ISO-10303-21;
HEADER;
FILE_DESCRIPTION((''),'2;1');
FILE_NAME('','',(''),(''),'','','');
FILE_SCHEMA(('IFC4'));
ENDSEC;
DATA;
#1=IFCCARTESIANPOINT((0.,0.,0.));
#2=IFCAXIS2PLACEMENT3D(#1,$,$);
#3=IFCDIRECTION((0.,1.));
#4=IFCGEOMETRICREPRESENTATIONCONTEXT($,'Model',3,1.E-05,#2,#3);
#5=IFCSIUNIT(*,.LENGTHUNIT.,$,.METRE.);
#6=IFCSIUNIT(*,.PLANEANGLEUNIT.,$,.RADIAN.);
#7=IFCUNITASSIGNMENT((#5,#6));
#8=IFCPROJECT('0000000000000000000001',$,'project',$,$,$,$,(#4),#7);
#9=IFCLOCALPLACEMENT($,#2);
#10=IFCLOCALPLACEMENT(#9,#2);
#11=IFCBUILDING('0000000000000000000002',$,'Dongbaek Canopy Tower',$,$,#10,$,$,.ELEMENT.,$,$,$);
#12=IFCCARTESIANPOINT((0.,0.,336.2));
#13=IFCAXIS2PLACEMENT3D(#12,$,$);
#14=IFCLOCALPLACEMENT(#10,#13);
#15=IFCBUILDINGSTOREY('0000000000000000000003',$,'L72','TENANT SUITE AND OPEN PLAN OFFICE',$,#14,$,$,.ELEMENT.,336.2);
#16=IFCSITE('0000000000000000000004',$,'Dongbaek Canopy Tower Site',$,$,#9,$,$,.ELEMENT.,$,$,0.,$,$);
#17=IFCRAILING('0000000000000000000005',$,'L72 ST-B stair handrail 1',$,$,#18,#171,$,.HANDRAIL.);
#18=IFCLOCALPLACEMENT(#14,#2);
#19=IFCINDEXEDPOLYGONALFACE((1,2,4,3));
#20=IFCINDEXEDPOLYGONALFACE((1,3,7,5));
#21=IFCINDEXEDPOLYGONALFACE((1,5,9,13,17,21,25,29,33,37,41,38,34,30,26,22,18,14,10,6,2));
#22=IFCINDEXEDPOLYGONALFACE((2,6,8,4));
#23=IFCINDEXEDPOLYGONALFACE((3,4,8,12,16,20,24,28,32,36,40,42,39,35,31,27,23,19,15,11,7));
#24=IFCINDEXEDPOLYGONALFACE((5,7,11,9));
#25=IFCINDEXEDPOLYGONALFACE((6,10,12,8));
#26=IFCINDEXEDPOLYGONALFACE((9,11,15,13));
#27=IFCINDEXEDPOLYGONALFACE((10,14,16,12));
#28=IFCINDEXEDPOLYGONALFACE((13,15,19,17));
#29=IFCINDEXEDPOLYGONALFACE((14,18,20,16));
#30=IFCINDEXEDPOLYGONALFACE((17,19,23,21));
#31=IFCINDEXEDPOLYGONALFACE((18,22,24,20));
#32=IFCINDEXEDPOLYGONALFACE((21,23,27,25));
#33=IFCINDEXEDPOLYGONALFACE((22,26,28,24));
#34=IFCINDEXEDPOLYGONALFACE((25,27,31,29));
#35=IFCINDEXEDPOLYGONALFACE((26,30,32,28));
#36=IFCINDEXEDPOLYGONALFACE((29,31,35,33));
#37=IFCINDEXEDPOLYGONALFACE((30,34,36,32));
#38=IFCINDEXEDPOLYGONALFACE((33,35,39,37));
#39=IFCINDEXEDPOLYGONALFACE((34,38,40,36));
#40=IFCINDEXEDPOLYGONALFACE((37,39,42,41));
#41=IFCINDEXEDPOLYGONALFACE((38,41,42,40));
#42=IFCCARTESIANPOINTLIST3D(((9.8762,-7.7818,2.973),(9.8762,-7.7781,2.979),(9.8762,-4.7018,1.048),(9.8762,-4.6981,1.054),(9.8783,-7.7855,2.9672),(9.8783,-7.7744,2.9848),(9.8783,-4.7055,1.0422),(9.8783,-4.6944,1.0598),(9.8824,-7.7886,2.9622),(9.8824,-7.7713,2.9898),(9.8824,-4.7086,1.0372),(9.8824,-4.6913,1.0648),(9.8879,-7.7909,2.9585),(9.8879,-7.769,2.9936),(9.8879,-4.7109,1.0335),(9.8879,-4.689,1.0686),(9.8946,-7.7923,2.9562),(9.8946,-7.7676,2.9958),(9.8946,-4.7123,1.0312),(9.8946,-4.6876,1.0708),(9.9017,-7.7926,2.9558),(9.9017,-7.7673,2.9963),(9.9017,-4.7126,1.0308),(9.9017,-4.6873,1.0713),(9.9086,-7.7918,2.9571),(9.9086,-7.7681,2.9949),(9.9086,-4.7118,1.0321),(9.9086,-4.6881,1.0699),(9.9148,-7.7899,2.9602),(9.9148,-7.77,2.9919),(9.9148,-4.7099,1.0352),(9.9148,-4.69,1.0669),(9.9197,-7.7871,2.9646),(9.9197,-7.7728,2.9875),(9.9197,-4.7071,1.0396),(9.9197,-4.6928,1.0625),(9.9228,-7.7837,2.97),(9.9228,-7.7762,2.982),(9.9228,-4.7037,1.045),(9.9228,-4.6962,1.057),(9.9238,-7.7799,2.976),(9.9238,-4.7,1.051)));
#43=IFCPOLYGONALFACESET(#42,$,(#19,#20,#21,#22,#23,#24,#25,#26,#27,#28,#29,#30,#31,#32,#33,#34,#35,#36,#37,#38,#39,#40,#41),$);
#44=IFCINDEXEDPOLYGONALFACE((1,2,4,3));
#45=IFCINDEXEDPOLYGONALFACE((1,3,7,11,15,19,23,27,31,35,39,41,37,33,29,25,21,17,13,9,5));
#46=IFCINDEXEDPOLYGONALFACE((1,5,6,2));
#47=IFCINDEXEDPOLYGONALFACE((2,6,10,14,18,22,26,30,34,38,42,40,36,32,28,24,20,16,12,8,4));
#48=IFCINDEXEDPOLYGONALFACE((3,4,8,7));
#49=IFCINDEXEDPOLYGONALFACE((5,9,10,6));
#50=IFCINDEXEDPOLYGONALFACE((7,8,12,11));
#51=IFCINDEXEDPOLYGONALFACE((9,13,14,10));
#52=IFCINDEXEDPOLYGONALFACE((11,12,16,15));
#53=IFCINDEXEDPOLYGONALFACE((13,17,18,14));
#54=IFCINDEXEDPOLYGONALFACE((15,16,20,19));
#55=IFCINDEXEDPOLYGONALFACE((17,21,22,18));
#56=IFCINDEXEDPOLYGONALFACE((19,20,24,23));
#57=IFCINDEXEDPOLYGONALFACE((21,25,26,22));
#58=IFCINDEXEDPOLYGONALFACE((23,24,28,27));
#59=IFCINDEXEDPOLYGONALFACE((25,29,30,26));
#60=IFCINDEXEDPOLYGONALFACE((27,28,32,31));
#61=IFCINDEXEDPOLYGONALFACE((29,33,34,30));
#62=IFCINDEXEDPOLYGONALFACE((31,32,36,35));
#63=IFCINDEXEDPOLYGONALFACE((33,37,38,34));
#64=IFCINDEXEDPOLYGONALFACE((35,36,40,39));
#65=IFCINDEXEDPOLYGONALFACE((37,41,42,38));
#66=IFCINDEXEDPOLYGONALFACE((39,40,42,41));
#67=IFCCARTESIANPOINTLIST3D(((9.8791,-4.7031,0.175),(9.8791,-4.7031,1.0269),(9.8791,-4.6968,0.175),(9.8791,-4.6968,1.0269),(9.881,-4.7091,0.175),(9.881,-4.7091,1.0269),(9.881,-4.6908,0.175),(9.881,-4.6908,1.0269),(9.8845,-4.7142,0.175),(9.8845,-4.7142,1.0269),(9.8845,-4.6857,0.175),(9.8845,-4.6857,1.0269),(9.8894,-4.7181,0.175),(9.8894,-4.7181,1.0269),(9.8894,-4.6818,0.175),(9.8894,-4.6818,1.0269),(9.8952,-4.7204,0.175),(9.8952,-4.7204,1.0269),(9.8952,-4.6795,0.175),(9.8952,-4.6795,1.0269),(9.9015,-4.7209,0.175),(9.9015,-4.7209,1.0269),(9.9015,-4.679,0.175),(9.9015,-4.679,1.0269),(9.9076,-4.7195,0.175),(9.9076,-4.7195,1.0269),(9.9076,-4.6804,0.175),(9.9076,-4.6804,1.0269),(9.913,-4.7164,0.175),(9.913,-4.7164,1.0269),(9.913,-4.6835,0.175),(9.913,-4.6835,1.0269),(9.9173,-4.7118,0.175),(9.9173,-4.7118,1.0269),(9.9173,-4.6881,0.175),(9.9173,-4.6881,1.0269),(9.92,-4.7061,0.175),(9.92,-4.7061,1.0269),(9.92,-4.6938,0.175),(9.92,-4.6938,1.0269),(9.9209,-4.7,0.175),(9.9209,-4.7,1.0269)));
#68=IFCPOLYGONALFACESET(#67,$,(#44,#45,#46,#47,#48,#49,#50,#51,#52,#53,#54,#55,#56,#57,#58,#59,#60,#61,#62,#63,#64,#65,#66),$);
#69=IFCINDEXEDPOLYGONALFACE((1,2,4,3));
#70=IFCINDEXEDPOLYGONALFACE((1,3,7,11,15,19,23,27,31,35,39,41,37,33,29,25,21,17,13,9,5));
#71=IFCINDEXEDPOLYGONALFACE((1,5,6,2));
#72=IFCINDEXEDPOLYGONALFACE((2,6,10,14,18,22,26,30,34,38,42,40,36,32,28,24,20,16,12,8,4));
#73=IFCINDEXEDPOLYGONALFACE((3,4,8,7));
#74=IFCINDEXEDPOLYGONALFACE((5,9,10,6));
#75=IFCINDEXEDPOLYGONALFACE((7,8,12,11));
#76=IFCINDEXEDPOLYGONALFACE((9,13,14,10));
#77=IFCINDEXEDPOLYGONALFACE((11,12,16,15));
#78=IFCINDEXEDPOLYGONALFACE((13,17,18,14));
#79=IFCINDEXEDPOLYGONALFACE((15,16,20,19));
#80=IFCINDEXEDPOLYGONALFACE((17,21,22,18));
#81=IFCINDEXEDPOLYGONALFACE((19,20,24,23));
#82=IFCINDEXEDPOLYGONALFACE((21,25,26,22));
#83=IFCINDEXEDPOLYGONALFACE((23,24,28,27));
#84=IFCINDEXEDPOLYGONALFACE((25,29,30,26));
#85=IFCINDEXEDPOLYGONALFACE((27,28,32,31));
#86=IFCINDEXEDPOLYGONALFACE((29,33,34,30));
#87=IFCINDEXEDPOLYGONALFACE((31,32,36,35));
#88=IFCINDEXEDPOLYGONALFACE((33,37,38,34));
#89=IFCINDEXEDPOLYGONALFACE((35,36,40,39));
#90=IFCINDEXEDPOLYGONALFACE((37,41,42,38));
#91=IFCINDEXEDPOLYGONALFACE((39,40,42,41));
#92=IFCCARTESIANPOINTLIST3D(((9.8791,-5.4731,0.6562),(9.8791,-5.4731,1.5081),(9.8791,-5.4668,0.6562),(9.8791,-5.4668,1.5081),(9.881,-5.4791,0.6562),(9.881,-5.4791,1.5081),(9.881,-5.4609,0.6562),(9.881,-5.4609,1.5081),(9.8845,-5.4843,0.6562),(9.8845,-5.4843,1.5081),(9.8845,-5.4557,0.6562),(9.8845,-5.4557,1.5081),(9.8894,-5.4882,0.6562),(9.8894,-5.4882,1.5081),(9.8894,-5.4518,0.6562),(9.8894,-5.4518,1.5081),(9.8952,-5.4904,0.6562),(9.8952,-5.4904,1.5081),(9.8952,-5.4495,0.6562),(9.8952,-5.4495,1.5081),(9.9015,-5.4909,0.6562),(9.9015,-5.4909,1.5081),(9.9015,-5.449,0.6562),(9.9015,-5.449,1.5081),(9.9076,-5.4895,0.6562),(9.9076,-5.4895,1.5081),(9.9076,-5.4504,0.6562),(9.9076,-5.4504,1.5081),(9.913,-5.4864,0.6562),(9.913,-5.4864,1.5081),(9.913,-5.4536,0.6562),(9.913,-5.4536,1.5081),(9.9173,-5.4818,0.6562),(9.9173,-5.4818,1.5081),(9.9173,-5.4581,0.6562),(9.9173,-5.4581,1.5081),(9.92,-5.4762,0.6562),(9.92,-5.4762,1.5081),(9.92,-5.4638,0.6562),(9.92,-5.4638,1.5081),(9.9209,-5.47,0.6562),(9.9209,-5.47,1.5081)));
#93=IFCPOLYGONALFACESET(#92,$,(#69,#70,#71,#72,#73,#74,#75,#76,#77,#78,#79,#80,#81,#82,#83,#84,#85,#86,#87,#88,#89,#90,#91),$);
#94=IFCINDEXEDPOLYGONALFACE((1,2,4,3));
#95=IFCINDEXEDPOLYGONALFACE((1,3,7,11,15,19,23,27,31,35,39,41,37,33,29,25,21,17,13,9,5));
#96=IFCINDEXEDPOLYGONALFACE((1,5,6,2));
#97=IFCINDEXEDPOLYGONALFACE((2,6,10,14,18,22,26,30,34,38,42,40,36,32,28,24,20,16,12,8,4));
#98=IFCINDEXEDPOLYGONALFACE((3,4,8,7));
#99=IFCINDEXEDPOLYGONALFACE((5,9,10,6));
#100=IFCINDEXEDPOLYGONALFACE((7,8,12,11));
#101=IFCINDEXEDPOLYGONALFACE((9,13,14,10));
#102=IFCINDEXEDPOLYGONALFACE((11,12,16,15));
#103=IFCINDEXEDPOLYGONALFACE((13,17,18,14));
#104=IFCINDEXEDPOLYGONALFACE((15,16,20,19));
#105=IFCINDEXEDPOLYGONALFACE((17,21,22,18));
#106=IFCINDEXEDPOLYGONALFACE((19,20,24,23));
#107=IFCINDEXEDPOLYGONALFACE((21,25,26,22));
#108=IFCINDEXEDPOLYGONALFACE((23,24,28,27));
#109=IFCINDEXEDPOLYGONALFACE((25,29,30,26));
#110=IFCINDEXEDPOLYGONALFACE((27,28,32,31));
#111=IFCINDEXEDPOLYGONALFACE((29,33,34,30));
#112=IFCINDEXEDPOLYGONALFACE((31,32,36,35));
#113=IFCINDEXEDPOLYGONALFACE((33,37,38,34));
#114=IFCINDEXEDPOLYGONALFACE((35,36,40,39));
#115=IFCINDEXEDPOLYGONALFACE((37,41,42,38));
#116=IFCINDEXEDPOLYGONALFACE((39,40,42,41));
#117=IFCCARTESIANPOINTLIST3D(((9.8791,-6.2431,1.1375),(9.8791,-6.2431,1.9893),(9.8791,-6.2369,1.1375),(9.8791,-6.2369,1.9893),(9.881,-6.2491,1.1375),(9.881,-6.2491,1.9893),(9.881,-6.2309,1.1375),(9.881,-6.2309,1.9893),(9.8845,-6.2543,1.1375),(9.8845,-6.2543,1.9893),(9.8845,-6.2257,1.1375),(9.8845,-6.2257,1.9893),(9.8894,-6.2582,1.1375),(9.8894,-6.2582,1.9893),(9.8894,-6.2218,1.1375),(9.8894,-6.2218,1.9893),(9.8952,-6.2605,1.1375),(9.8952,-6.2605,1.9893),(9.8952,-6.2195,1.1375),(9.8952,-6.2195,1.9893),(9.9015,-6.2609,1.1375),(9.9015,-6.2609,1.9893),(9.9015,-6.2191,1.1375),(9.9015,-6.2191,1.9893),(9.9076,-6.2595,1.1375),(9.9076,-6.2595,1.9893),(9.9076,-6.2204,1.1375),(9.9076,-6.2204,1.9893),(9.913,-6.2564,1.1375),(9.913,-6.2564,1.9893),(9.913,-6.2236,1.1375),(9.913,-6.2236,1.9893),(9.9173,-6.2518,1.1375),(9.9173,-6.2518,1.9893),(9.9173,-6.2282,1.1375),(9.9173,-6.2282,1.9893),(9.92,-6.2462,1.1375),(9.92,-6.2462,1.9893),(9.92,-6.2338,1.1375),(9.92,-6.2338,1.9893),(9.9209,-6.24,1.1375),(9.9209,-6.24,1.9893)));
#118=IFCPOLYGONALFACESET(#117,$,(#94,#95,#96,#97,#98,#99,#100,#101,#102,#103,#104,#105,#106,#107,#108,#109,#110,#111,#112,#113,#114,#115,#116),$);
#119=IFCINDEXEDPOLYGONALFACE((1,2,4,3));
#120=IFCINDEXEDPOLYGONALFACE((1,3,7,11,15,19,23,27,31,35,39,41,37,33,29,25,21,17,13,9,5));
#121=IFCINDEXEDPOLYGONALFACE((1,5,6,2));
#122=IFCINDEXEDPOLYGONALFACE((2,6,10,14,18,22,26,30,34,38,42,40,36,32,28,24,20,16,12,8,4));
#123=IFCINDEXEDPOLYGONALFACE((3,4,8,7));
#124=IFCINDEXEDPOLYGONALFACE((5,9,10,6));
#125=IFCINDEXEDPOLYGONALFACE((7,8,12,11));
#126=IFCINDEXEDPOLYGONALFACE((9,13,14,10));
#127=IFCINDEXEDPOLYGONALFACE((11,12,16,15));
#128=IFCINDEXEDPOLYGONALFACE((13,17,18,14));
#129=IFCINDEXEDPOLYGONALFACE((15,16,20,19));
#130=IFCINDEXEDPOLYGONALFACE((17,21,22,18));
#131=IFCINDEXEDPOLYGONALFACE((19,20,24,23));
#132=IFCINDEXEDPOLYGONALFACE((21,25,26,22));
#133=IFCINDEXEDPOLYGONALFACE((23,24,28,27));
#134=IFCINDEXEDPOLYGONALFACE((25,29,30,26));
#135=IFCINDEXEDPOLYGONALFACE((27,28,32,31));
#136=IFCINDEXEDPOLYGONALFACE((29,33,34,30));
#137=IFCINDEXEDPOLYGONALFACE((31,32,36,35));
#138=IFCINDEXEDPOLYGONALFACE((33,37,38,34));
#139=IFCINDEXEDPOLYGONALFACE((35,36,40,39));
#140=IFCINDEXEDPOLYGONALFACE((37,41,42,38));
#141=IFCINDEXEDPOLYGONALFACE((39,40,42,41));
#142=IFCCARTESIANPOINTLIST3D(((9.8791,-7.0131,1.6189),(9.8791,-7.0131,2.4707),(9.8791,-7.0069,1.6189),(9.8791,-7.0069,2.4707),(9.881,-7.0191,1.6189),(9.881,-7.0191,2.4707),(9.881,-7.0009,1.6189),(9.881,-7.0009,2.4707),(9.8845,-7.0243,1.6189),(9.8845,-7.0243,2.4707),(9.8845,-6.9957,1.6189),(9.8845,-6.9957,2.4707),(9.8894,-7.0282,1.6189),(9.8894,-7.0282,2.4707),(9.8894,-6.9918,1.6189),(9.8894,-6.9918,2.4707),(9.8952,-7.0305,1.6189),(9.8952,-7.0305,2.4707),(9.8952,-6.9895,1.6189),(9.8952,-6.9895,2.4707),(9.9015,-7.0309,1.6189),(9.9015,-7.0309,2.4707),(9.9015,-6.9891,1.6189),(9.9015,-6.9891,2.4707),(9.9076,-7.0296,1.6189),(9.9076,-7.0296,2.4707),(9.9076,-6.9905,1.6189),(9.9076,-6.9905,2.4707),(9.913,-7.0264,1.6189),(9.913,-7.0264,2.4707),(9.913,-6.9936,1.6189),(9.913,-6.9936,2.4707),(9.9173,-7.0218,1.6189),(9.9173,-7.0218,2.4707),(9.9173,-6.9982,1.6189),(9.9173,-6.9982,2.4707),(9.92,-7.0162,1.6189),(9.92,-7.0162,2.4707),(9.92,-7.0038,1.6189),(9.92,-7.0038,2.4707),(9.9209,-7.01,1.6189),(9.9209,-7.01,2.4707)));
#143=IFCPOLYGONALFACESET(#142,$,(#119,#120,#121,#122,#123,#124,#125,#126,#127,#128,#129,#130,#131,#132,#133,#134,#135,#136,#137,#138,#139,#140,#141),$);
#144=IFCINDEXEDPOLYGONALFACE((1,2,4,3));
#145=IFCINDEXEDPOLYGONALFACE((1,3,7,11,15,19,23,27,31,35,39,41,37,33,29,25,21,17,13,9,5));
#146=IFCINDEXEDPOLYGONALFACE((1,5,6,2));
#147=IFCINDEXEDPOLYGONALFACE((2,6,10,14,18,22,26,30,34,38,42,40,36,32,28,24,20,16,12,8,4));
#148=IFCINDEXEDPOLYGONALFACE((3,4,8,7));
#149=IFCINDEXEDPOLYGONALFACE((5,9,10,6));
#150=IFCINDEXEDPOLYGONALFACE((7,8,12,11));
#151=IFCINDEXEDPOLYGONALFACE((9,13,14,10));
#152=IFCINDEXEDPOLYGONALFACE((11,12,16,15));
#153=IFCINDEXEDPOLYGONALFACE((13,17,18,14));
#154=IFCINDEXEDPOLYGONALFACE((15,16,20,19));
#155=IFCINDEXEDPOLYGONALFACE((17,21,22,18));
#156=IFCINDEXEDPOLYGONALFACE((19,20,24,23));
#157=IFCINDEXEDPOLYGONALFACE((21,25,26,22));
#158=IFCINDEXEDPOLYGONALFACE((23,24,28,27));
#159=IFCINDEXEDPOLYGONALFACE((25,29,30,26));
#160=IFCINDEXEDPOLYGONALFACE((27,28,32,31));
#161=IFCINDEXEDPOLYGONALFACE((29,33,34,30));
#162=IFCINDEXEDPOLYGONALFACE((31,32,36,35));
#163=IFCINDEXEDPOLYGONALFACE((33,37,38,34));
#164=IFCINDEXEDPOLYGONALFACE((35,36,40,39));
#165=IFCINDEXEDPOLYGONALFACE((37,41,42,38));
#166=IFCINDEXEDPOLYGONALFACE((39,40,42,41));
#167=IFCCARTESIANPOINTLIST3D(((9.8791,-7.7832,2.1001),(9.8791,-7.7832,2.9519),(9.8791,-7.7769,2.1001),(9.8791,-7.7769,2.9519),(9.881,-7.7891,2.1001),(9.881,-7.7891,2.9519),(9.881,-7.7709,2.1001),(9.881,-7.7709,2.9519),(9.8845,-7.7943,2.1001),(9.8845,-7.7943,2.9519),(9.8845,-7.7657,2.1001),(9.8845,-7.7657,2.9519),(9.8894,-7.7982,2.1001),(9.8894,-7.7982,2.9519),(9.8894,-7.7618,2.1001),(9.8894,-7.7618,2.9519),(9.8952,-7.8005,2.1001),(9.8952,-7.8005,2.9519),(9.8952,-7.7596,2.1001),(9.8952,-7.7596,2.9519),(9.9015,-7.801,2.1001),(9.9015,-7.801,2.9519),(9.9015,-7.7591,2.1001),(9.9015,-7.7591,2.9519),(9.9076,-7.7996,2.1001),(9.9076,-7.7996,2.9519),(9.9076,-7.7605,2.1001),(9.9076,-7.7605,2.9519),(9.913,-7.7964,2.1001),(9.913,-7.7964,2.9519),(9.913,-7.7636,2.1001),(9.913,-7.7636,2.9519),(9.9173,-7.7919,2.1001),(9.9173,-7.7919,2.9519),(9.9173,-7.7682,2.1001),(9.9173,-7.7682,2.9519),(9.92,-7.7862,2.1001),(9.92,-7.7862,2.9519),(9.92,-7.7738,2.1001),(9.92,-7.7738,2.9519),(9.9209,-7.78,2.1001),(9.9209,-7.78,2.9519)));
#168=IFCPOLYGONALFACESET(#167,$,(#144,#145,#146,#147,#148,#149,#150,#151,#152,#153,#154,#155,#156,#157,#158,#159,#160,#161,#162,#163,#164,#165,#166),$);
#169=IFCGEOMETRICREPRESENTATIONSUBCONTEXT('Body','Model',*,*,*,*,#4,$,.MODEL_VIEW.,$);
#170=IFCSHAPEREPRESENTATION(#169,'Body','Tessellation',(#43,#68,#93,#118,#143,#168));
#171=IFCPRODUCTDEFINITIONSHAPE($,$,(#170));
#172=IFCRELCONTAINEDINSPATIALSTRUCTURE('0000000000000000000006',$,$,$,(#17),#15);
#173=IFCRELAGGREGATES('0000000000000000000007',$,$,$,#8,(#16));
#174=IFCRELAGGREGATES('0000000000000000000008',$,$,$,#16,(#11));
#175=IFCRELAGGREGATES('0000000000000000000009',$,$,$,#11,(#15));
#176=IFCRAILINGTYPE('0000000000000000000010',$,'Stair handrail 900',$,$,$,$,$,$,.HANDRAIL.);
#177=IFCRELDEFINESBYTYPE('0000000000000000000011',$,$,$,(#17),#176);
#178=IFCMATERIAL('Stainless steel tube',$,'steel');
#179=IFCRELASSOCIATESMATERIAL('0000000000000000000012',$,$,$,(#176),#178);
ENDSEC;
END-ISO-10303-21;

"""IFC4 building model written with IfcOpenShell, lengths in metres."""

from ifc_helpers import new_model, si_unit, direction, frame, origin, origin_2d, place, context, subcontext, project, spatial, circle, extrude, material, type_object, element, save


model = new_model("IFC4")

# Units and contexts
model_context = context("Model", 3, precision=1e-05, world=origin(), true_north=direction((0.0, 1.0)))
body_context = subcontext(model_context, "Body", "Model", "MODEL_VIEW")
ifc_project = project(units=[si_unit("LENGTHUNIT", "METRE"), si_unit("PLANEANGLEUNIT", "RADIAN")], contexts=[model_context])

# Site, building, storey
site_placement = place(None, origin())
site = spatial("IfcSite", under=ifc_project, at=site_placement, Name="Dongbaek Canopy Tower Site", CompositionType="ELEMENT", RefElevation=0.0)
building_placement = place(site_placement, origin())
building = spatial("IfcBuilding", under=site, at=building_placement, Name="Dongbaek Canopy Tower", CompositionType="ELEMENT")
storey_placement = place(building_placement, frame((0.0, 0.0, 336.2)))
storey = spatial("IfcBuildingStorey", under=building, at=storey_placement, Name="L72", Description="TENANT SUITE AND OPEN PLAN OFFICE", CompositionType="ELEMENT", Elevation=336.2)

# Railing
ifc_material_1 = material(Name="Stainless steel tube", Category="steel")
railing_type_1 = type_object("IfcRailingType", Name="Stair handrail 900", PredefinedType="HANDRAIL", material=ifc_material_1)
railing_1_placement = place(storey_placement, frame((9.8999, -4.7, 0.175)))
element("IfcRailing", 1, at=railing_1_placement, inside=storey, type_object=railing_type_1, Name="L72 ST-B stair handrail 1", PredefinedType="HANDRAIL", context=body_context, shape_type="SweptSolid", body=[
    extrude(circle(Radius=0.0239, at=origin_2d()), frame((0.0, 0.0, 0.876), z_axis=(0.0, -0.847998, 0.529999), x_axis=(1.0, 0.0, 0.0)), (0.0, 0.0, 1.0), 3.6321),
    extrude(circle(Radius=0.021, at=origin_2d()), origin(), (0.0, 0.0, 1.0), 0.8518),
    extrude(circle(Radius=0.021, at=origin_2d()), frame((0.0, -0.77, 0.4812)), (0.0, 0.0, 1.0), 0.8518),
    extrude(circle(Radius=0.021, at=origin_2d()), frame((0.0, -1.54, 0.9624)), (0.0, 0.0, 1.0), 0.8518),
    extrude(circle(Radius=0.021, at=origin_2d()), frame((0.0, -2.3101, 1.4438)), (0.0, 0.0, 1.0), 0.8518),
    extrude(circle(Radius=0.021, at=origin_2d()), frame((0.0, -3.0801, 1.925)), (0.0, 0.0, 1.0), 0.8518),
])

save(model, "model.ifc")
